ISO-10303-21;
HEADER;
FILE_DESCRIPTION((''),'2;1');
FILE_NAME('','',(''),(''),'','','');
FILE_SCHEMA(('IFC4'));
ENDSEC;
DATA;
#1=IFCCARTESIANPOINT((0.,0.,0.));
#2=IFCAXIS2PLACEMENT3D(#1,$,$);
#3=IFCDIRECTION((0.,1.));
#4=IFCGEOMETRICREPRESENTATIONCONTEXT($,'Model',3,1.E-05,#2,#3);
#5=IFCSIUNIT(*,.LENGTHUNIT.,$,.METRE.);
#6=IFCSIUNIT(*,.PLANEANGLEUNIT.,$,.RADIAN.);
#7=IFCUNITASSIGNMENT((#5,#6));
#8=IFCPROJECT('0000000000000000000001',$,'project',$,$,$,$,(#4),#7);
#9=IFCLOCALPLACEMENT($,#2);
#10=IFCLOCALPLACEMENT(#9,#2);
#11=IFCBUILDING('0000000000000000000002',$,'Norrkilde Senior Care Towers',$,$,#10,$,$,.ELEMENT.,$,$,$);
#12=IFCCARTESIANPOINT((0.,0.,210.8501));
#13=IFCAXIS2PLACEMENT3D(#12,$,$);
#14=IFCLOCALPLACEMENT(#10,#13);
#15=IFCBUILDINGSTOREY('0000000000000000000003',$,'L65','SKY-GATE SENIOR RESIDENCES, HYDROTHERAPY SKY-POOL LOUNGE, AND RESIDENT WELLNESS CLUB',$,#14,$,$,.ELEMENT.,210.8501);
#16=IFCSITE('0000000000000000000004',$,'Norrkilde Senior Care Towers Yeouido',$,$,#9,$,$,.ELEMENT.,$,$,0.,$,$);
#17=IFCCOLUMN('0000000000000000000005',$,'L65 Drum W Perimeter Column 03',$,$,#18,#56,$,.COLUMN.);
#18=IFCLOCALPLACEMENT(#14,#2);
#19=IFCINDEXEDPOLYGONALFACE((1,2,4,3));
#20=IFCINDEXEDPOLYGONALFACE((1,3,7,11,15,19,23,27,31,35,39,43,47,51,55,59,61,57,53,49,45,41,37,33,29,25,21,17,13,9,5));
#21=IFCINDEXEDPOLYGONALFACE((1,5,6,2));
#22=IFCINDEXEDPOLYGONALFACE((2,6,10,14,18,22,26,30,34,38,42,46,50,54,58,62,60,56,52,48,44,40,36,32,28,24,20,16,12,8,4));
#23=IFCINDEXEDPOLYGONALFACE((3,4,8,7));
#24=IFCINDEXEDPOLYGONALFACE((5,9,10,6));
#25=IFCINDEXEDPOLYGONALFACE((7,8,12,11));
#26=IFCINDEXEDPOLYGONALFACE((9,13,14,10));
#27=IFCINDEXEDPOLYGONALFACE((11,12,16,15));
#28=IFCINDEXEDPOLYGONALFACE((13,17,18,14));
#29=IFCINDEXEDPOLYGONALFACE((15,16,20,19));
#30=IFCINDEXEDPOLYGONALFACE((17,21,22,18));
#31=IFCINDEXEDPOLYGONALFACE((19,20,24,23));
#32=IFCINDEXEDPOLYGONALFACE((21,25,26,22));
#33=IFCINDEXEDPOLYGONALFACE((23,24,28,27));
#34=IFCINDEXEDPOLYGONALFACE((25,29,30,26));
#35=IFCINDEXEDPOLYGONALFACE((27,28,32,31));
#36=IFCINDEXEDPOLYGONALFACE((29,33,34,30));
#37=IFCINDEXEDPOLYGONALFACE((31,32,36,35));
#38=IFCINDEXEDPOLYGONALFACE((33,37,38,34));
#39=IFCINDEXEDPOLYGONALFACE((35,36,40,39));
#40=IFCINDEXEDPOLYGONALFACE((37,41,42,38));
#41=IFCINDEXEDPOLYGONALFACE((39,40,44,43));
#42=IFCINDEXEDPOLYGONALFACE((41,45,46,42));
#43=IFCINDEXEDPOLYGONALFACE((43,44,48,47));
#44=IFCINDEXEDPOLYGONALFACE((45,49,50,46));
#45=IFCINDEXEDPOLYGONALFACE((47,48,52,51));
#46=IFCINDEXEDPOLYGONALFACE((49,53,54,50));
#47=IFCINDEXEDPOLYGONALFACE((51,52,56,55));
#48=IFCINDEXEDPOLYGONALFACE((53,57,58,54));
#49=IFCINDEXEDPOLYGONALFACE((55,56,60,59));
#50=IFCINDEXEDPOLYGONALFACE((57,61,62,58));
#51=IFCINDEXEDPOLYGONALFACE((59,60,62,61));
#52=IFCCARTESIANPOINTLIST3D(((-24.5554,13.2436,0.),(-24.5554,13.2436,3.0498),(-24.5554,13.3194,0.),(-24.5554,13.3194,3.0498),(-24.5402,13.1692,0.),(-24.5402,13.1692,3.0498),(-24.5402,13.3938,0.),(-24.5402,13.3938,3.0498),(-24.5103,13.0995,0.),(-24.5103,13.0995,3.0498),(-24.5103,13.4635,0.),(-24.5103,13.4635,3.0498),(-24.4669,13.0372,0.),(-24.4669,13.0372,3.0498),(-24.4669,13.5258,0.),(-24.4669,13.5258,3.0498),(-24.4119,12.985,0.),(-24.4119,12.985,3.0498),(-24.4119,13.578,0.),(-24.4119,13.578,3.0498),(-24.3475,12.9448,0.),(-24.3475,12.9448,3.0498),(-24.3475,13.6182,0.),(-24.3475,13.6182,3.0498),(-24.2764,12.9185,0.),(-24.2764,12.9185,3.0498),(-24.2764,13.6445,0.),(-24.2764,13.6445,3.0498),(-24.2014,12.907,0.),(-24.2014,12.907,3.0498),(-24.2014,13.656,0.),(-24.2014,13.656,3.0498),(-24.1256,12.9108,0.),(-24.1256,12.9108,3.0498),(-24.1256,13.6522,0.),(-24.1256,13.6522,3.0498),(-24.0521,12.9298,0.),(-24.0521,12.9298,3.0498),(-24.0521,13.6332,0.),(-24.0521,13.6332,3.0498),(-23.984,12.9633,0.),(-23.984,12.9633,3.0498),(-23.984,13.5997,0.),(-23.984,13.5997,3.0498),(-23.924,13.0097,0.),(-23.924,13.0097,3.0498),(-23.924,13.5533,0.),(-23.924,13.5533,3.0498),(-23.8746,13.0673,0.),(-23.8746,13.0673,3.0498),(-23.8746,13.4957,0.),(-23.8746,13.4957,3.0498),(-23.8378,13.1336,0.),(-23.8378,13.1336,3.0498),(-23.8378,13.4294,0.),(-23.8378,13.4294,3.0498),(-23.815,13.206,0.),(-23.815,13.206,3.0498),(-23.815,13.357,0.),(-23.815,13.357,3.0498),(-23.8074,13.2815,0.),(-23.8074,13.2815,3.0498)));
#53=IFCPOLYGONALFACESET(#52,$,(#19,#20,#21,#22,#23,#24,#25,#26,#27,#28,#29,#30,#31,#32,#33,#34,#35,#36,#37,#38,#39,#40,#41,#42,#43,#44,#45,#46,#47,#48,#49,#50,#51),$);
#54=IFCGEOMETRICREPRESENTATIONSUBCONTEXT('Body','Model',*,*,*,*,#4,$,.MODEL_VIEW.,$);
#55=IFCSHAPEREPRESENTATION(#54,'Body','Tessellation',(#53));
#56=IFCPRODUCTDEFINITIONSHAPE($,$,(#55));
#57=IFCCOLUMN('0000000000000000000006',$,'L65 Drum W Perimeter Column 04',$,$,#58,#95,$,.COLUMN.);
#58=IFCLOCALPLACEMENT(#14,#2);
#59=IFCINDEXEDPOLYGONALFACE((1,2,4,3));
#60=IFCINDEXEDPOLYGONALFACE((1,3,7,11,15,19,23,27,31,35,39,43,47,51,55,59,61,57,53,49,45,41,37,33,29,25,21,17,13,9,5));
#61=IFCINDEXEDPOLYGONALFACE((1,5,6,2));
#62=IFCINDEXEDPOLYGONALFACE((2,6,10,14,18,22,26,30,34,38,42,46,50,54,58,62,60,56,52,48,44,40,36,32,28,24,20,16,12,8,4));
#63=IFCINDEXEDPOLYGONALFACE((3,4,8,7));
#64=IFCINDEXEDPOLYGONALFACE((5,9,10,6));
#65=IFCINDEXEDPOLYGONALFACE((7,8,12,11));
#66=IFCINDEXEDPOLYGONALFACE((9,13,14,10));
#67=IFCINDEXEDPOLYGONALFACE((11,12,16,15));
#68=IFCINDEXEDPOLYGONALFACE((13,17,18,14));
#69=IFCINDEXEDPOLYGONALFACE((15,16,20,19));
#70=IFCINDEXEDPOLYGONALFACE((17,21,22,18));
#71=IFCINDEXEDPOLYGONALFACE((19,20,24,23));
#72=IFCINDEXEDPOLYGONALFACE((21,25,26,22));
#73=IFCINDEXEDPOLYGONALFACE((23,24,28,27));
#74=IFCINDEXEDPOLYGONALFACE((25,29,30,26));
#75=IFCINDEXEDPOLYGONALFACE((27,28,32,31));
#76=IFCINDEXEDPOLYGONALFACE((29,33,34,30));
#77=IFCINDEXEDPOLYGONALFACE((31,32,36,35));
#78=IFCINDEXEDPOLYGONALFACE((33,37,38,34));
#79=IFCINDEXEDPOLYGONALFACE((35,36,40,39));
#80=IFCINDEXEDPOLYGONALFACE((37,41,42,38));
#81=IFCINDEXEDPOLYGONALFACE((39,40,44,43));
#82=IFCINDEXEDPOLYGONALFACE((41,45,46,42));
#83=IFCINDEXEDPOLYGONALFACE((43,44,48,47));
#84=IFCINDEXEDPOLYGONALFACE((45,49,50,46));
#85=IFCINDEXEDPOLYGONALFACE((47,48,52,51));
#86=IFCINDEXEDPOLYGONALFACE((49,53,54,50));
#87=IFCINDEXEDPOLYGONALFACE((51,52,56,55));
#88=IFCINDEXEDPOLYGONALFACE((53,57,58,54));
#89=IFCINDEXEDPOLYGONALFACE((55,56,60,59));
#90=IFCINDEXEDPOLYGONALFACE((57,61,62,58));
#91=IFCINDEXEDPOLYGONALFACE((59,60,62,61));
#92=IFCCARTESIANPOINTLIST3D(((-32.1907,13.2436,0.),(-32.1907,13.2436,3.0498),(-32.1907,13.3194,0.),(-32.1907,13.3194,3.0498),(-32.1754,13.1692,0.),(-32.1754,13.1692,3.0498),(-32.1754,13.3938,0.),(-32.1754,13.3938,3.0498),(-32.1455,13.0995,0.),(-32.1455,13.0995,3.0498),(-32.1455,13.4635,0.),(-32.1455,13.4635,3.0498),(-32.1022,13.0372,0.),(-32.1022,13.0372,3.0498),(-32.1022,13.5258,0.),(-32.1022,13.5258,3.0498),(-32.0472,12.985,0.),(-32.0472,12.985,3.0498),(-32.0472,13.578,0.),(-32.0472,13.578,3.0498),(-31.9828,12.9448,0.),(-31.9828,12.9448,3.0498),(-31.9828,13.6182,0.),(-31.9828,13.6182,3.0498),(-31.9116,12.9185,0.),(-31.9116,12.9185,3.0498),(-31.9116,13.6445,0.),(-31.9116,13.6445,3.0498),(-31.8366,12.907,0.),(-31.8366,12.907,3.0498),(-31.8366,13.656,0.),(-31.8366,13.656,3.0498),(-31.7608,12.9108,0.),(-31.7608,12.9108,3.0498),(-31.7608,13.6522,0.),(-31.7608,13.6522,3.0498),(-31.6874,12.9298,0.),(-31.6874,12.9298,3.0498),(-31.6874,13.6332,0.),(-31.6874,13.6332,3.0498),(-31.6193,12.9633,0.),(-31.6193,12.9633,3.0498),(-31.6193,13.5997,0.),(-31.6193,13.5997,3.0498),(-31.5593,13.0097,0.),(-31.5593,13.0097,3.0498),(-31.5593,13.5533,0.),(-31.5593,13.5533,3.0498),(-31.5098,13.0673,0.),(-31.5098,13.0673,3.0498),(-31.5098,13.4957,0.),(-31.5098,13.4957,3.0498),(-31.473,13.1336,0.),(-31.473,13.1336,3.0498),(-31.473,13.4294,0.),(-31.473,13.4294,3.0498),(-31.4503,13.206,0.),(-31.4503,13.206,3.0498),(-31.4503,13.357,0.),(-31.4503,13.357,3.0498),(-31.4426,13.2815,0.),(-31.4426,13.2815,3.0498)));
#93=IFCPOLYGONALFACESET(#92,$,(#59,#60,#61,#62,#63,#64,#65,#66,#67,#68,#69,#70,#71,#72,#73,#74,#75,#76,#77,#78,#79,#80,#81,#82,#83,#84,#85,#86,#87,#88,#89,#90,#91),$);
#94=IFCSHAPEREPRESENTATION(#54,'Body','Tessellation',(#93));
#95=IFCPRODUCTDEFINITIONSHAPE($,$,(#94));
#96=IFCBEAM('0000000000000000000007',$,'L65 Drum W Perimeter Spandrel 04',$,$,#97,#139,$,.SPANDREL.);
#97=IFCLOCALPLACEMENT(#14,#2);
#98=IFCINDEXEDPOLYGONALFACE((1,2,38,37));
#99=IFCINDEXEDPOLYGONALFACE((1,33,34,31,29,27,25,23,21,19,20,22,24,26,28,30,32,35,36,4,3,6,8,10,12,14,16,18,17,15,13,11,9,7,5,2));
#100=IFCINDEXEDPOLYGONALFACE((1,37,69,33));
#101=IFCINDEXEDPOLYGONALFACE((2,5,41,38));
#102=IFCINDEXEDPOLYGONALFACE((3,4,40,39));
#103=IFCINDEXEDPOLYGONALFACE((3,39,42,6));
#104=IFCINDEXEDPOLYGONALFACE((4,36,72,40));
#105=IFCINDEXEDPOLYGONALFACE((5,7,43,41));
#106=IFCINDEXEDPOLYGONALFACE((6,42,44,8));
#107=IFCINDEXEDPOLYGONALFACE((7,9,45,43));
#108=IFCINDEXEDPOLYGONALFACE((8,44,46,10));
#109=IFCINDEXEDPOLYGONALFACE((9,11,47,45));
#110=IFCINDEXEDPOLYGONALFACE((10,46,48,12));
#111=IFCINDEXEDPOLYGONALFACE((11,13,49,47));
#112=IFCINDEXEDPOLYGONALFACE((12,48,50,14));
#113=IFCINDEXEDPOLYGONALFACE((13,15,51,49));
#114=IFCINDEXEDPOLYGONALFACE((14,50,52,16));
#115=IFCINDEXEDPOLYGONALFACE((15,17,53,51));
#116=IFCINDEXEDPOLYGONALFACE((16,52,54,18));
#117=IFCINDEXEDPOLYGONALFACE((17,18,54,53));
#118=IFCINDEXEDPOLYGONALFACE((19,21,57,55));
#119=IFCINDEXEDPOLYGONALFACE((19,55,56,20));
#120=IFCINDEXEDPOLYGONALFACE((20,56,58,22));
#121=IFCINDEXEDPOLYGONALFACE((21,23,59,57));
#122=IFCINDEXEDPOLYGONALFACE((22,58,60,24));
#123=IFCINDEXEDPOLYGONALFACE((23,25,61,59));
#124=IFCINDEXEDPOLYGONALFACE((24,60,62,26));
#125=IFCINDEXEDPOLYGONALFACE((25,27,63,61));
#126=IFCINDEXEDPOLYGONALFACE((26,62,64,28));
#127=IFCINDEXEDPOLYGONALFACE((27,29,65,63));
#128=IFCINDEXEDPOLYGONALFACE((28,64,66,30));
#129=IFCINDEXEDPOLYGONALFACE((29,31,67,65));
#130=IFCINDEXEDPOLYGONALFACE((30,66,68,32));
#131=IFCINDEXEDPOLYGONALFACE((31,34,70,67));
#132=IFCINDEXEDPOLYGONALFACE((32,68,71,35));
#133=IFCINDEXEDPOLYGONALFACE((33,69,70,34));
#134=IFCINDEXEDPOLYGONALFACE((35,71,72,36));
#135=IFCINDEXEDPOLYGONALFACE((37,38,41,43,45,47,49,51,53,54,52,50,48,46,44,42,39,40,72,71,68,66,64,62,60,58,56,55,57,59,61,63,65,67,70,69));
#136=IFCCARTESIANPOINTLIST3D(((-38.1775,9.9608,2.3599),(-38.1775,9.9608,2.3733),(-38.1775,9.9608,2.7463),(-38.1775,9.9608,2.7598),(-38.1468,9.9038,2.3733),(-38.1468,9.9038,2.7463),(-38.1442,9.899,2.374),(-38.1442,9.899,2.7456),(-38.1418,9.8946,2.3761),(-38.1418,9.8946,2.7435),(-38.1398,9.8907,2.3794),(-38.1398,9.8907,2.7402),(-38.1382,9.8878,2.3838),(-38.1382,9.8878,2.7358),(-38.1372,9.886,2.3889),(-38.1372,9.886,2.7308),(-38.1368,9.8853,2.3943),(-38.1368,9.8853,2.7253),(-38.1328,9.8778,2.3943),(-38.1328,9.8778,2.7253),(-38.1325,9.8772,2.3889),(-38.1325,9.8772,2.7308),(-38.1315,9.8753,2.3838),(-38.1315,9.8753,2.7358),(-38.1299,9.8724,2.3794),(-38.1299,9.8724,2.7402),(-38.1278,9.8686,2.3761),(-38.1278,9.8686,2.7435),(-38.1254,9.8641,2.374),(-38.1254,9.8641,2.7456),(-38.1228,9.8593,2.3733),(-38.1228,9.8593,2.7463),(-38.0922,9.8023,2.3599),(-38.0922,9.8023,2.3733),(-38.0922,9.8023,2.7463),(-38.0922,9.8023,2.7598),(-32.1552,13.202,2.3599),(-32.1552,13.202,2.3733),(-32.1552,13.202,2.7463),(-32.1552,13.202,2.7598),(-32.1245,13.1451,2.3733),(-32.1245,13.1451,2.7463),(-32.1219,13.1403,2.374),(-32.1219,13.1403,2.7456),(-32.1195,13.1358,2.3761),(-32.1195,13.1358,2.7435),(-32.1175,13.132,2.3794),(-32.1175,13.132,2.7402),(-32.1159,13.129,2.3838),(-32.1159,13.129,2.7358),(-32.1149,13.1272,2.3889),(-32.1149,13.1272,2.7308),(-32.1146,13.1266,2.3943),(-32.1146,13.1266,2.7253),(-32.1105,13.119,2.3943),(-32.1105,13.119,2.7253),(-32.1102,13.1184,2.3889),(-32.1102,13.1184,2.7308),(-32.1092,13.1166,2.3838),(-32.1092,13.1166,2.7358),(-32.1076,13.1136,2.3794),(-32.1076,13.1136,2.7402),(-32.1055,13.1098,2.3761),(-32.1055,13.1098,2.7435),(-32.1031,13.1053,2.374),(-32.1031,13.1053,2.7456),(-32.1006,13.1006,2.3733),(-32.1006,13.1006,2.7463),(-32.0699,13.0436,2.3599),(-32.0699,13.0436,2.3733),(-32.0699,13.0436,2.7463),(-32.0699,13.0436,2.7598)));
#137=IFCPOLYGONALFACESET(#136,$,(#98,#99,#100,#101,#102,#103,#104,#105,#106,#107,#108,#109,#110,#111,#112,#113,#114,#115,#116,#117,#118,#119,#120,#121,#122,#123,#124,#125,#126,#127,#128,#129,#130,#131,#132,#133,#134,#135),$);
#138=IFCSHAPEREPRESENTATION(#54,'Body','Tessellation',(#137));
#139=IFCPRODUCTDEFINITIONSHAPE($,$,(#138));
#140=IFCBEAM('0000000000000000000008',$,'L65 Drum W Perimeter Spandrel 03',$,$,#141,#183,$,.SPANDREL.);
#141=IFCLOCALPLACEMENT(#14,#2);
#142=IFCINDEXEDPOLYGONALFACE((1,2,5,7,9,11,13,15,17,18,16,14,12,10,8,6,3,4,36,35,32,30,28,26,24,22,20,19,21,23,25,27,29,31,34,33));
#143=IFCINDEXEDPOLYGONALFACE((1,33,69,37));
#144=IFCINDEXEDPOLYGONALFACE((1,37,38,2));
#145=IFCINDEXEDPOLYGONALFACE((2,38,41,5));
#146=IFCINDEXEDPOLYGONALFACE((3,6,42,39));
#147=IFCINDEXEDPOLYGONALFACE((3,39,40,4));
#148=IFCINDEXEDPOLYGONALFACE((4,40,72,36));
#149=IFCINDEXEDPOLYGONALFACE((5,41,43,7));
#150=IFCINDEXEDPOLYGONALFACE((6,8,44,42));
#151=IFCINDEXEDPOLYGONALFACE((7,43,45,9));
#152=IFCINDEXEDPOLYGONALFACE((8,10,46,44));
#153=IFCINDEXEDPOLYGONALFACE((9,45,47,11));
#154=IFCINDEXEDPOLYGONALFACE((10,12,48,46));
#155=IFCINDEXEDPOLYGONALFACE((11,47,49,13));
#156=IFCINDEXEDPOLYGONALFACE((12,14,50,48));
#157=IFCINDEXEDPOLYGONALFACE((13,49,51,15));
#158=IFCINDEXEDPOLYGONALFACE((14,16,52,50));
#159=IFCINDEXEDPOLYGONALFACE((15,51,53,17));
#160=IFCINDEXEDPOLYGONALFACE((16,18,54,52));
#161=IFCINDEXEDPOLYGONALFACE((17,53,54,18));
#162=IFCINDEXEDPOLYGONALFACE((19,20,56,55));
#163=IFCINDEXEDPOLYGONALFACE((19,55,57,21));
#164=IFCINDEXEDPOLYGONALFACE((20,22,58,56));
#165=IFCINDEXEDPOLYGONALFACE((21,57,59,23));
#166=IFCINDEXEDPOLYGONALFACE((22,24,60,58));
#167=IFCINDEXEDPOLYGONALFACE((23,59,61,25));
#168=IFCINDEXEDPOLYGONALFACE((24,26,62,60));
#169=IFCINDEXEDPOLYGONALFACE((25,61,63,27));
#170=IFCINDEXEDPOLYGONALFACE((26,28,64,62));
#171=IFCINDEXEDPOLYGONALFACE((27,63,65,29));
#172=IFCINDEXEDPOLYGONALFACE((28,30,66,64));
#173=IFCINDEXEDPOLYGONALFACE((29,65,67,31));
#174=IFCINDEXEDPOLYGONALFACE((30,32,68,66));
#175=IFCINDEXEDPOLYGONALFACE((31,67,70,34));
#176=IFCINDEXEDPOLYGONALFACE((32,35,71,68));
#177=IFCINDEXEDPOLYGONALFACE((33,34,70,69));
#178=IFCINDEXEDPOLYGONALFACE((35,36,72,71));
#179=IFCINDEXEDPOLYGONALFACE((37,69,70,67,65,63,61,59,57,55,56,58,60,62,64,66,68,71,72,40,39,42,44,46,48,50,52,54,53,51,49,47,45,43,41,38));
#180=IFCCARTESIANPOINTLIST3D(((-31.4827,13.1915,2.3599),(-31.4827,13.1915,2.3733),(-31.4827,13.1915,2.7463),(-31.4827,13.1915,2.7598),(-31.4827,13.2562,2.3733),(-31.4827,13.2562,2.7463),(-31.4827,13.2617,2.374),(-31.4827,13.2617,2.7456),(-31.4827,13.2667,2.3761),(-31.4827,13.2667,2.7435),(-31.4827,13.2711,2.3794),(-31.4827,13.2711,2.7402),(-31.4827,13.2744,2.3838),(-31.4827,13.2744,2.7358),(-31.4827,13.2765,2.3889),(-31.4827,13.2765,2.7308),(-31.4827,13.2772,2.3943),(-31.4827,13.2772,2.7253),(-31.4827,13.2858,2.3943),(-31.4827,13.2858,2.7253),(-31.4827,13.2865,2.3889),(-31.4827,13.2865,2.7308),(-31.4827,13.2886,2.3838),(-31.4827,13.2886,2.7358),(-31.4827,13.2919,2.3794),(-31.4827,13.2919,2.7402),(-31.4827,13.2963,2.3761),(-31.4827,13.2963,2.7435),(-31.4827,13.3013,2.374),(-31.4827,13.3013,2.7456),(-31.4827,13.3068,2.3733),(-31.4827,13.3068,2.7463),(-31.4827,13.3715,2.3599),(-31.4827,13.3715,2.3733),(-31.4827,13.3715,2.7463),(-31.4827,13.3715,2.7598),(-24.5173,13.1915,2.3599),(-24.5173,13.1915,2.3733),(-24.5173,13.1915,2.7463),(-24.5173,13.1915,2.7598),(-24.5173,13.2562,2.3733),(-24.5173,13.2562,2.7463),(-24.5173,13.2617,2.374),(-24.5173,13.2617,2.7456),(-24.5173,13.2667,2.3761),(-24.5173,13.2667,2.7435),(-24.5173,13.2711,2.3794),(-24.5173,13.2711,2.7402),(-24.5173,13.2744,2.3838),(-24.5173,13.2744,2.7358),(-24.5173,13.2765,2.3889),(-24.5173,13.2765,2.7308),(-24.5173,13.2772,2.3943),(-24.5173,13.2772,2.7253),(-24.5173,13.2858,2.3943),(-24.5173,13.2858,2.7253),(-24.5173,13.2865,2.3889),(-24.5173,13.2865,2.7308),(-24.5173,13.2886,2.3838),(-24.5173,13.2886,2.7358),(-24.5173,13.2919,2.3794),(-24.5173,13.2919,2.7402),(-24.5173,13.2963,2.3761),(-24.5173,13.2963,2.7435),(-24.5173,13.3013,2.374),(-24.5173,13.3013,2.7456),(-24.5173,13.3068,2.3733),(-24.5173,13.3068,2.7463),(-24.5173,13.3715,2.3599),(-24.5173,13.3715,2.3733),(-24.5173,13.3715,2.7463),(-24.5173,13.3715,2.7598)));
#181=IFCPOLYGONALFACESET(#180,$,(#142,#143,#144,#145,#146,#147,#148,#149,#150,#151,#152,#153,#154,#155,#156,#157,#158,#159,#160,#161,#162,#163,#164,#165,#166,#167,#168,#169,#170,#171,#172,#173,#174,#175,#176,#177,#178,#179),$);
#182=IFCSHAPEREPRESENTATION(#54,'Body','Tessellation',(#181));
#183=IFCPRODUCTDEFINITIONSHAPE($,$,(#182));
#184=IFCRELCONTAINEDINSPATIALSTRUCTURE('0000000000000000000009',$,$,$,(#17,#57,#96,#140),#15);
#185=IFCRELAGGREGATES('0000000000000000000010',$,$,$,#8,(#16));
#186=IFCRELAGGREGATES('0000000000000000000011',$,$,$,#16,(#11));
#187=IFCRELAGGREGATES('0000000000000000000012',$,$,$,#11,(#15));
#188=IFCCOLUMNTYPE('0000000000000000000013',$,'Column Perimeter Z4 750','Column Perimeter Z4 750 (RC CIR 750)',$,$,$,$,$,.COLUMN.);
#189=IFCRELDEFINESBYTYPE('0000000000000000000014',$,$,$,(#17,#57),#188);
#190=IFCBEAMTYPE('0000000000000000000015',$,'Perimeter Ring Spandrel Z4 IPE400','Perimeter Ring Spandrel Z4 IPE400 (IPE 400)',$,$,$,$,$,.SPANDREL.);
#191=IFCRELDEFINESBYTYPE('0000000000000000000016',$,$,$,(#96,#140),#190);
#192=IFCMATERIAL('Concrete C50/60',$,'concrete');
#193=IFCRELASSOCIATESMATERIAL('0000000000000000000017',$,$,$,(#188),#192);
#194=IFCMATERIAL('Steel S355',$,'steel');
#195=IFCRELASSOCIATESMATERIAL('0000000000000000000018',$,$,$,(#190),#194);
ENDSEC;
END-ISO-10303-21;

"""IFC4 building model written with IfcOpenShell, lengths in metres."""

from ifc_helpers import new_model, si_unit, direction, frame, origin, origin_2d, place, context, subcontext, project, spatial, circle, i_section, extrude, source, transform, mapped, material, material_profile, profile_set, type_object, type_shapes, element, save


model = new_model("IFC4")

# Units and contexts
model_context = context("Model", 3, precision=1e-05, world=origin(), true_north=direction((0.0, 1.0)))
body_context = subcontext(model_context, "Body", "Model", "MODEL_VIEW")
ifc_project = project(units=[si_unit("LENGTHUNIT", "METRE"), si_unit("PLANEANGLEUNIT", "RADIAN")], contexts=[model_context])

# Site, building, storey
site_placement = place(None, origin())
site = spatial("IfcSite", under=ifc_project, at=site_placement, Name="Norrkilde Senior Care Towers Yeouido", CompositionType="ELEMENT", RefElevation=0.0)
building_placement = place(site_placement, origin())
building = spatial("IfcBuilding", under=site, at=building_placement, Name="Norrkilde Senior Care Towers", CompositionType="ELEMENT")
storey_placement = place(building_placement, frame((0.0, 0.0, 210.8501)))
storey = spatial("IfcBuildingStorey", under=building, at=storey_placement, Name="L65", Description="SKY-GATE SENIOR RESIDENCES, HYDROTHERAPY SKY-POOL LOUNGE, AND RESIDENT WELLNESS CLUB", CompositionType="ELEMENT", Elevation=210.8501)

# Columns
ifc_material_1 = material(Name="Concrete C50/60", Category="concrete")
ifc_material_profile_1 = material_profile(ifc_material_1, circle(Radius=0.375, at=origin_2d()), Name="RC CIR 750")
ifc_profile_set_1 = profile_set([ifc_material_profile_1], Name="Concrete C50/60")
column_type = type_object("IfcColumnType", Name="Column Perimeter Z4 750", Description="Column Perimeter Z4 750 (RC CIR 750)", PredefinedType="COLUMN", material=ifc_profile_set_1)
shared_shape_1 = source(origin(), body_context, "Body", "SweptSolid", [
    extrude(circle(Radius=0.375, at=origin_2d()), origin(), (0.0, 0.0, 1.0), 3.0498),
])
type_shapes(column_type, [shared_shape_1])
for number, where, z_axis, x_axis, name in (
    (1, (-24.1824, 13.2815, 0.0), (0.0, 0.0, 1.0), (1.0, 0.0, 0.0), "L65 Drum W Perimeter Column 03"),
    (2, (-31.8176, 13.2815, 0.0), (0.0, 0.0, 1.0), (1.0, 0.0, 0.0), "L65 Drum W Perimeter Column 04"),
):
    element("IfcColumn", number, at=place(storey_placement, frame(where, z_axis=z_axis, x_axis=x_axis)), inside=storey, type_object=column_type, Name=name, PredefinedType="COLUMN", context=body_context, shape_type="MappedRepresentation", body=[
        mapped(shared_shape_1, transform((0.0, 0.0, 0.0), x_axis=(1.0, 0.0, 0.0), y_axis=(0.0, 1.0, 0.0), z_axis=(0.0, 0.0, 1.0), scale=1.0)),
    ])

# Beams
ifc_material_2 = material(Name="Steel S355", Category="steel")
ifc_material_profile_2 = material_profile(ifc_material_2, i_section(OverallWidth=0.1799, OverallDepth=0.3999, WebThickness=0.0085, FlangeThickness=0.0134, FilletRadius=0.021, at=origin_2d()), Name="IPE 400")
ifc_profile_set_2 = profile_set([ifc_material_profile_2], Name="Steel S355")
beam_type_1 = type_object("IfcBeamType", Name="Perimeter Ring Spandrel Z4 IPE400", Description="Perimeter Ring Spandrel Z4 IPE400 (IPE 400)", PredefinedType="SPANDREL", material=ifc_profile_set_2)
shared_shape_2 = source(origin(), body_context, "Body", "SweptSolid", [
    extrude(i_section(OverallWidth=0.1799, OverallDepth=0.3999, WebThickness=0.0085, FlangeThickness=0.0134, FilletRadius=0.021, at=origin_2d()), origin(), (0.0, 0.0, 1.0), 6.8391),
])
beam_1_placement = place(storey_placement, frame((-32.1125, 13.1228, 2.5598), z_axis=(-0.880564, -0.473927, 0.0), x_axis=(0.473927, -0.880564, 0.0)))
element("IfcBeam", 3, at=beam_1_placement, inside=storey, type_object=beam_type_1, Name="L65 Drum W Perimeter Spandrel 04", PredefinedType="SPANDREL", context=body_context, shape_type="MappedRepresentation", body=[
    mapped(shared_shape_2, transform((0.0, 0.0, 0.0), x_axis=(1.0, 0.0, 0.0), y_axis=(0.0, 1.0, 0.0), z_axis=(0.0, 0.0, 1.0), scale=1.0)),
])
shared_shape_3 = source(origin(), body_context, "Body", "SweptSolid", [
    extrude(i_section(OverallWidth=0.1799, OverallDepth=0.3999, WebThickness=0.0085, FlangeThickness=0.0134, FilletRadius=0.021, at=origin_2d()), origin(), (0.0, 0.0, 1.0), 6.9653),
])
type_shapes(beam_type_1, [shared_shape_2, shared_shape_3])
beam_2_placement = place(storey_placement, frame((-24.5173, 13.2815, 2.5598), z_axis=(-1.0, 0.0, 0.0), x_axis=(0.0, -1.0, 0.0)))
element("IfcBeam", 4, at=beam_2_placement, inside=storey, type_object=beam_type_1, Name="L65 Drum W Perimeter Spandrel 03", PredefinedType="SPANDREL", context=body_context, shape_type="MappedRepresentation", body=[
    mapped(shared_shape_3, transform((0.0, 0.0, 0.0), x_axis=(1.0, 0.0, 0.0), y_axis=(0.0, 1.0, 0.0), z_axis=(0.0, 0.0, 1.0), scale=1.0)),
])

save(model, "model.ifc")
